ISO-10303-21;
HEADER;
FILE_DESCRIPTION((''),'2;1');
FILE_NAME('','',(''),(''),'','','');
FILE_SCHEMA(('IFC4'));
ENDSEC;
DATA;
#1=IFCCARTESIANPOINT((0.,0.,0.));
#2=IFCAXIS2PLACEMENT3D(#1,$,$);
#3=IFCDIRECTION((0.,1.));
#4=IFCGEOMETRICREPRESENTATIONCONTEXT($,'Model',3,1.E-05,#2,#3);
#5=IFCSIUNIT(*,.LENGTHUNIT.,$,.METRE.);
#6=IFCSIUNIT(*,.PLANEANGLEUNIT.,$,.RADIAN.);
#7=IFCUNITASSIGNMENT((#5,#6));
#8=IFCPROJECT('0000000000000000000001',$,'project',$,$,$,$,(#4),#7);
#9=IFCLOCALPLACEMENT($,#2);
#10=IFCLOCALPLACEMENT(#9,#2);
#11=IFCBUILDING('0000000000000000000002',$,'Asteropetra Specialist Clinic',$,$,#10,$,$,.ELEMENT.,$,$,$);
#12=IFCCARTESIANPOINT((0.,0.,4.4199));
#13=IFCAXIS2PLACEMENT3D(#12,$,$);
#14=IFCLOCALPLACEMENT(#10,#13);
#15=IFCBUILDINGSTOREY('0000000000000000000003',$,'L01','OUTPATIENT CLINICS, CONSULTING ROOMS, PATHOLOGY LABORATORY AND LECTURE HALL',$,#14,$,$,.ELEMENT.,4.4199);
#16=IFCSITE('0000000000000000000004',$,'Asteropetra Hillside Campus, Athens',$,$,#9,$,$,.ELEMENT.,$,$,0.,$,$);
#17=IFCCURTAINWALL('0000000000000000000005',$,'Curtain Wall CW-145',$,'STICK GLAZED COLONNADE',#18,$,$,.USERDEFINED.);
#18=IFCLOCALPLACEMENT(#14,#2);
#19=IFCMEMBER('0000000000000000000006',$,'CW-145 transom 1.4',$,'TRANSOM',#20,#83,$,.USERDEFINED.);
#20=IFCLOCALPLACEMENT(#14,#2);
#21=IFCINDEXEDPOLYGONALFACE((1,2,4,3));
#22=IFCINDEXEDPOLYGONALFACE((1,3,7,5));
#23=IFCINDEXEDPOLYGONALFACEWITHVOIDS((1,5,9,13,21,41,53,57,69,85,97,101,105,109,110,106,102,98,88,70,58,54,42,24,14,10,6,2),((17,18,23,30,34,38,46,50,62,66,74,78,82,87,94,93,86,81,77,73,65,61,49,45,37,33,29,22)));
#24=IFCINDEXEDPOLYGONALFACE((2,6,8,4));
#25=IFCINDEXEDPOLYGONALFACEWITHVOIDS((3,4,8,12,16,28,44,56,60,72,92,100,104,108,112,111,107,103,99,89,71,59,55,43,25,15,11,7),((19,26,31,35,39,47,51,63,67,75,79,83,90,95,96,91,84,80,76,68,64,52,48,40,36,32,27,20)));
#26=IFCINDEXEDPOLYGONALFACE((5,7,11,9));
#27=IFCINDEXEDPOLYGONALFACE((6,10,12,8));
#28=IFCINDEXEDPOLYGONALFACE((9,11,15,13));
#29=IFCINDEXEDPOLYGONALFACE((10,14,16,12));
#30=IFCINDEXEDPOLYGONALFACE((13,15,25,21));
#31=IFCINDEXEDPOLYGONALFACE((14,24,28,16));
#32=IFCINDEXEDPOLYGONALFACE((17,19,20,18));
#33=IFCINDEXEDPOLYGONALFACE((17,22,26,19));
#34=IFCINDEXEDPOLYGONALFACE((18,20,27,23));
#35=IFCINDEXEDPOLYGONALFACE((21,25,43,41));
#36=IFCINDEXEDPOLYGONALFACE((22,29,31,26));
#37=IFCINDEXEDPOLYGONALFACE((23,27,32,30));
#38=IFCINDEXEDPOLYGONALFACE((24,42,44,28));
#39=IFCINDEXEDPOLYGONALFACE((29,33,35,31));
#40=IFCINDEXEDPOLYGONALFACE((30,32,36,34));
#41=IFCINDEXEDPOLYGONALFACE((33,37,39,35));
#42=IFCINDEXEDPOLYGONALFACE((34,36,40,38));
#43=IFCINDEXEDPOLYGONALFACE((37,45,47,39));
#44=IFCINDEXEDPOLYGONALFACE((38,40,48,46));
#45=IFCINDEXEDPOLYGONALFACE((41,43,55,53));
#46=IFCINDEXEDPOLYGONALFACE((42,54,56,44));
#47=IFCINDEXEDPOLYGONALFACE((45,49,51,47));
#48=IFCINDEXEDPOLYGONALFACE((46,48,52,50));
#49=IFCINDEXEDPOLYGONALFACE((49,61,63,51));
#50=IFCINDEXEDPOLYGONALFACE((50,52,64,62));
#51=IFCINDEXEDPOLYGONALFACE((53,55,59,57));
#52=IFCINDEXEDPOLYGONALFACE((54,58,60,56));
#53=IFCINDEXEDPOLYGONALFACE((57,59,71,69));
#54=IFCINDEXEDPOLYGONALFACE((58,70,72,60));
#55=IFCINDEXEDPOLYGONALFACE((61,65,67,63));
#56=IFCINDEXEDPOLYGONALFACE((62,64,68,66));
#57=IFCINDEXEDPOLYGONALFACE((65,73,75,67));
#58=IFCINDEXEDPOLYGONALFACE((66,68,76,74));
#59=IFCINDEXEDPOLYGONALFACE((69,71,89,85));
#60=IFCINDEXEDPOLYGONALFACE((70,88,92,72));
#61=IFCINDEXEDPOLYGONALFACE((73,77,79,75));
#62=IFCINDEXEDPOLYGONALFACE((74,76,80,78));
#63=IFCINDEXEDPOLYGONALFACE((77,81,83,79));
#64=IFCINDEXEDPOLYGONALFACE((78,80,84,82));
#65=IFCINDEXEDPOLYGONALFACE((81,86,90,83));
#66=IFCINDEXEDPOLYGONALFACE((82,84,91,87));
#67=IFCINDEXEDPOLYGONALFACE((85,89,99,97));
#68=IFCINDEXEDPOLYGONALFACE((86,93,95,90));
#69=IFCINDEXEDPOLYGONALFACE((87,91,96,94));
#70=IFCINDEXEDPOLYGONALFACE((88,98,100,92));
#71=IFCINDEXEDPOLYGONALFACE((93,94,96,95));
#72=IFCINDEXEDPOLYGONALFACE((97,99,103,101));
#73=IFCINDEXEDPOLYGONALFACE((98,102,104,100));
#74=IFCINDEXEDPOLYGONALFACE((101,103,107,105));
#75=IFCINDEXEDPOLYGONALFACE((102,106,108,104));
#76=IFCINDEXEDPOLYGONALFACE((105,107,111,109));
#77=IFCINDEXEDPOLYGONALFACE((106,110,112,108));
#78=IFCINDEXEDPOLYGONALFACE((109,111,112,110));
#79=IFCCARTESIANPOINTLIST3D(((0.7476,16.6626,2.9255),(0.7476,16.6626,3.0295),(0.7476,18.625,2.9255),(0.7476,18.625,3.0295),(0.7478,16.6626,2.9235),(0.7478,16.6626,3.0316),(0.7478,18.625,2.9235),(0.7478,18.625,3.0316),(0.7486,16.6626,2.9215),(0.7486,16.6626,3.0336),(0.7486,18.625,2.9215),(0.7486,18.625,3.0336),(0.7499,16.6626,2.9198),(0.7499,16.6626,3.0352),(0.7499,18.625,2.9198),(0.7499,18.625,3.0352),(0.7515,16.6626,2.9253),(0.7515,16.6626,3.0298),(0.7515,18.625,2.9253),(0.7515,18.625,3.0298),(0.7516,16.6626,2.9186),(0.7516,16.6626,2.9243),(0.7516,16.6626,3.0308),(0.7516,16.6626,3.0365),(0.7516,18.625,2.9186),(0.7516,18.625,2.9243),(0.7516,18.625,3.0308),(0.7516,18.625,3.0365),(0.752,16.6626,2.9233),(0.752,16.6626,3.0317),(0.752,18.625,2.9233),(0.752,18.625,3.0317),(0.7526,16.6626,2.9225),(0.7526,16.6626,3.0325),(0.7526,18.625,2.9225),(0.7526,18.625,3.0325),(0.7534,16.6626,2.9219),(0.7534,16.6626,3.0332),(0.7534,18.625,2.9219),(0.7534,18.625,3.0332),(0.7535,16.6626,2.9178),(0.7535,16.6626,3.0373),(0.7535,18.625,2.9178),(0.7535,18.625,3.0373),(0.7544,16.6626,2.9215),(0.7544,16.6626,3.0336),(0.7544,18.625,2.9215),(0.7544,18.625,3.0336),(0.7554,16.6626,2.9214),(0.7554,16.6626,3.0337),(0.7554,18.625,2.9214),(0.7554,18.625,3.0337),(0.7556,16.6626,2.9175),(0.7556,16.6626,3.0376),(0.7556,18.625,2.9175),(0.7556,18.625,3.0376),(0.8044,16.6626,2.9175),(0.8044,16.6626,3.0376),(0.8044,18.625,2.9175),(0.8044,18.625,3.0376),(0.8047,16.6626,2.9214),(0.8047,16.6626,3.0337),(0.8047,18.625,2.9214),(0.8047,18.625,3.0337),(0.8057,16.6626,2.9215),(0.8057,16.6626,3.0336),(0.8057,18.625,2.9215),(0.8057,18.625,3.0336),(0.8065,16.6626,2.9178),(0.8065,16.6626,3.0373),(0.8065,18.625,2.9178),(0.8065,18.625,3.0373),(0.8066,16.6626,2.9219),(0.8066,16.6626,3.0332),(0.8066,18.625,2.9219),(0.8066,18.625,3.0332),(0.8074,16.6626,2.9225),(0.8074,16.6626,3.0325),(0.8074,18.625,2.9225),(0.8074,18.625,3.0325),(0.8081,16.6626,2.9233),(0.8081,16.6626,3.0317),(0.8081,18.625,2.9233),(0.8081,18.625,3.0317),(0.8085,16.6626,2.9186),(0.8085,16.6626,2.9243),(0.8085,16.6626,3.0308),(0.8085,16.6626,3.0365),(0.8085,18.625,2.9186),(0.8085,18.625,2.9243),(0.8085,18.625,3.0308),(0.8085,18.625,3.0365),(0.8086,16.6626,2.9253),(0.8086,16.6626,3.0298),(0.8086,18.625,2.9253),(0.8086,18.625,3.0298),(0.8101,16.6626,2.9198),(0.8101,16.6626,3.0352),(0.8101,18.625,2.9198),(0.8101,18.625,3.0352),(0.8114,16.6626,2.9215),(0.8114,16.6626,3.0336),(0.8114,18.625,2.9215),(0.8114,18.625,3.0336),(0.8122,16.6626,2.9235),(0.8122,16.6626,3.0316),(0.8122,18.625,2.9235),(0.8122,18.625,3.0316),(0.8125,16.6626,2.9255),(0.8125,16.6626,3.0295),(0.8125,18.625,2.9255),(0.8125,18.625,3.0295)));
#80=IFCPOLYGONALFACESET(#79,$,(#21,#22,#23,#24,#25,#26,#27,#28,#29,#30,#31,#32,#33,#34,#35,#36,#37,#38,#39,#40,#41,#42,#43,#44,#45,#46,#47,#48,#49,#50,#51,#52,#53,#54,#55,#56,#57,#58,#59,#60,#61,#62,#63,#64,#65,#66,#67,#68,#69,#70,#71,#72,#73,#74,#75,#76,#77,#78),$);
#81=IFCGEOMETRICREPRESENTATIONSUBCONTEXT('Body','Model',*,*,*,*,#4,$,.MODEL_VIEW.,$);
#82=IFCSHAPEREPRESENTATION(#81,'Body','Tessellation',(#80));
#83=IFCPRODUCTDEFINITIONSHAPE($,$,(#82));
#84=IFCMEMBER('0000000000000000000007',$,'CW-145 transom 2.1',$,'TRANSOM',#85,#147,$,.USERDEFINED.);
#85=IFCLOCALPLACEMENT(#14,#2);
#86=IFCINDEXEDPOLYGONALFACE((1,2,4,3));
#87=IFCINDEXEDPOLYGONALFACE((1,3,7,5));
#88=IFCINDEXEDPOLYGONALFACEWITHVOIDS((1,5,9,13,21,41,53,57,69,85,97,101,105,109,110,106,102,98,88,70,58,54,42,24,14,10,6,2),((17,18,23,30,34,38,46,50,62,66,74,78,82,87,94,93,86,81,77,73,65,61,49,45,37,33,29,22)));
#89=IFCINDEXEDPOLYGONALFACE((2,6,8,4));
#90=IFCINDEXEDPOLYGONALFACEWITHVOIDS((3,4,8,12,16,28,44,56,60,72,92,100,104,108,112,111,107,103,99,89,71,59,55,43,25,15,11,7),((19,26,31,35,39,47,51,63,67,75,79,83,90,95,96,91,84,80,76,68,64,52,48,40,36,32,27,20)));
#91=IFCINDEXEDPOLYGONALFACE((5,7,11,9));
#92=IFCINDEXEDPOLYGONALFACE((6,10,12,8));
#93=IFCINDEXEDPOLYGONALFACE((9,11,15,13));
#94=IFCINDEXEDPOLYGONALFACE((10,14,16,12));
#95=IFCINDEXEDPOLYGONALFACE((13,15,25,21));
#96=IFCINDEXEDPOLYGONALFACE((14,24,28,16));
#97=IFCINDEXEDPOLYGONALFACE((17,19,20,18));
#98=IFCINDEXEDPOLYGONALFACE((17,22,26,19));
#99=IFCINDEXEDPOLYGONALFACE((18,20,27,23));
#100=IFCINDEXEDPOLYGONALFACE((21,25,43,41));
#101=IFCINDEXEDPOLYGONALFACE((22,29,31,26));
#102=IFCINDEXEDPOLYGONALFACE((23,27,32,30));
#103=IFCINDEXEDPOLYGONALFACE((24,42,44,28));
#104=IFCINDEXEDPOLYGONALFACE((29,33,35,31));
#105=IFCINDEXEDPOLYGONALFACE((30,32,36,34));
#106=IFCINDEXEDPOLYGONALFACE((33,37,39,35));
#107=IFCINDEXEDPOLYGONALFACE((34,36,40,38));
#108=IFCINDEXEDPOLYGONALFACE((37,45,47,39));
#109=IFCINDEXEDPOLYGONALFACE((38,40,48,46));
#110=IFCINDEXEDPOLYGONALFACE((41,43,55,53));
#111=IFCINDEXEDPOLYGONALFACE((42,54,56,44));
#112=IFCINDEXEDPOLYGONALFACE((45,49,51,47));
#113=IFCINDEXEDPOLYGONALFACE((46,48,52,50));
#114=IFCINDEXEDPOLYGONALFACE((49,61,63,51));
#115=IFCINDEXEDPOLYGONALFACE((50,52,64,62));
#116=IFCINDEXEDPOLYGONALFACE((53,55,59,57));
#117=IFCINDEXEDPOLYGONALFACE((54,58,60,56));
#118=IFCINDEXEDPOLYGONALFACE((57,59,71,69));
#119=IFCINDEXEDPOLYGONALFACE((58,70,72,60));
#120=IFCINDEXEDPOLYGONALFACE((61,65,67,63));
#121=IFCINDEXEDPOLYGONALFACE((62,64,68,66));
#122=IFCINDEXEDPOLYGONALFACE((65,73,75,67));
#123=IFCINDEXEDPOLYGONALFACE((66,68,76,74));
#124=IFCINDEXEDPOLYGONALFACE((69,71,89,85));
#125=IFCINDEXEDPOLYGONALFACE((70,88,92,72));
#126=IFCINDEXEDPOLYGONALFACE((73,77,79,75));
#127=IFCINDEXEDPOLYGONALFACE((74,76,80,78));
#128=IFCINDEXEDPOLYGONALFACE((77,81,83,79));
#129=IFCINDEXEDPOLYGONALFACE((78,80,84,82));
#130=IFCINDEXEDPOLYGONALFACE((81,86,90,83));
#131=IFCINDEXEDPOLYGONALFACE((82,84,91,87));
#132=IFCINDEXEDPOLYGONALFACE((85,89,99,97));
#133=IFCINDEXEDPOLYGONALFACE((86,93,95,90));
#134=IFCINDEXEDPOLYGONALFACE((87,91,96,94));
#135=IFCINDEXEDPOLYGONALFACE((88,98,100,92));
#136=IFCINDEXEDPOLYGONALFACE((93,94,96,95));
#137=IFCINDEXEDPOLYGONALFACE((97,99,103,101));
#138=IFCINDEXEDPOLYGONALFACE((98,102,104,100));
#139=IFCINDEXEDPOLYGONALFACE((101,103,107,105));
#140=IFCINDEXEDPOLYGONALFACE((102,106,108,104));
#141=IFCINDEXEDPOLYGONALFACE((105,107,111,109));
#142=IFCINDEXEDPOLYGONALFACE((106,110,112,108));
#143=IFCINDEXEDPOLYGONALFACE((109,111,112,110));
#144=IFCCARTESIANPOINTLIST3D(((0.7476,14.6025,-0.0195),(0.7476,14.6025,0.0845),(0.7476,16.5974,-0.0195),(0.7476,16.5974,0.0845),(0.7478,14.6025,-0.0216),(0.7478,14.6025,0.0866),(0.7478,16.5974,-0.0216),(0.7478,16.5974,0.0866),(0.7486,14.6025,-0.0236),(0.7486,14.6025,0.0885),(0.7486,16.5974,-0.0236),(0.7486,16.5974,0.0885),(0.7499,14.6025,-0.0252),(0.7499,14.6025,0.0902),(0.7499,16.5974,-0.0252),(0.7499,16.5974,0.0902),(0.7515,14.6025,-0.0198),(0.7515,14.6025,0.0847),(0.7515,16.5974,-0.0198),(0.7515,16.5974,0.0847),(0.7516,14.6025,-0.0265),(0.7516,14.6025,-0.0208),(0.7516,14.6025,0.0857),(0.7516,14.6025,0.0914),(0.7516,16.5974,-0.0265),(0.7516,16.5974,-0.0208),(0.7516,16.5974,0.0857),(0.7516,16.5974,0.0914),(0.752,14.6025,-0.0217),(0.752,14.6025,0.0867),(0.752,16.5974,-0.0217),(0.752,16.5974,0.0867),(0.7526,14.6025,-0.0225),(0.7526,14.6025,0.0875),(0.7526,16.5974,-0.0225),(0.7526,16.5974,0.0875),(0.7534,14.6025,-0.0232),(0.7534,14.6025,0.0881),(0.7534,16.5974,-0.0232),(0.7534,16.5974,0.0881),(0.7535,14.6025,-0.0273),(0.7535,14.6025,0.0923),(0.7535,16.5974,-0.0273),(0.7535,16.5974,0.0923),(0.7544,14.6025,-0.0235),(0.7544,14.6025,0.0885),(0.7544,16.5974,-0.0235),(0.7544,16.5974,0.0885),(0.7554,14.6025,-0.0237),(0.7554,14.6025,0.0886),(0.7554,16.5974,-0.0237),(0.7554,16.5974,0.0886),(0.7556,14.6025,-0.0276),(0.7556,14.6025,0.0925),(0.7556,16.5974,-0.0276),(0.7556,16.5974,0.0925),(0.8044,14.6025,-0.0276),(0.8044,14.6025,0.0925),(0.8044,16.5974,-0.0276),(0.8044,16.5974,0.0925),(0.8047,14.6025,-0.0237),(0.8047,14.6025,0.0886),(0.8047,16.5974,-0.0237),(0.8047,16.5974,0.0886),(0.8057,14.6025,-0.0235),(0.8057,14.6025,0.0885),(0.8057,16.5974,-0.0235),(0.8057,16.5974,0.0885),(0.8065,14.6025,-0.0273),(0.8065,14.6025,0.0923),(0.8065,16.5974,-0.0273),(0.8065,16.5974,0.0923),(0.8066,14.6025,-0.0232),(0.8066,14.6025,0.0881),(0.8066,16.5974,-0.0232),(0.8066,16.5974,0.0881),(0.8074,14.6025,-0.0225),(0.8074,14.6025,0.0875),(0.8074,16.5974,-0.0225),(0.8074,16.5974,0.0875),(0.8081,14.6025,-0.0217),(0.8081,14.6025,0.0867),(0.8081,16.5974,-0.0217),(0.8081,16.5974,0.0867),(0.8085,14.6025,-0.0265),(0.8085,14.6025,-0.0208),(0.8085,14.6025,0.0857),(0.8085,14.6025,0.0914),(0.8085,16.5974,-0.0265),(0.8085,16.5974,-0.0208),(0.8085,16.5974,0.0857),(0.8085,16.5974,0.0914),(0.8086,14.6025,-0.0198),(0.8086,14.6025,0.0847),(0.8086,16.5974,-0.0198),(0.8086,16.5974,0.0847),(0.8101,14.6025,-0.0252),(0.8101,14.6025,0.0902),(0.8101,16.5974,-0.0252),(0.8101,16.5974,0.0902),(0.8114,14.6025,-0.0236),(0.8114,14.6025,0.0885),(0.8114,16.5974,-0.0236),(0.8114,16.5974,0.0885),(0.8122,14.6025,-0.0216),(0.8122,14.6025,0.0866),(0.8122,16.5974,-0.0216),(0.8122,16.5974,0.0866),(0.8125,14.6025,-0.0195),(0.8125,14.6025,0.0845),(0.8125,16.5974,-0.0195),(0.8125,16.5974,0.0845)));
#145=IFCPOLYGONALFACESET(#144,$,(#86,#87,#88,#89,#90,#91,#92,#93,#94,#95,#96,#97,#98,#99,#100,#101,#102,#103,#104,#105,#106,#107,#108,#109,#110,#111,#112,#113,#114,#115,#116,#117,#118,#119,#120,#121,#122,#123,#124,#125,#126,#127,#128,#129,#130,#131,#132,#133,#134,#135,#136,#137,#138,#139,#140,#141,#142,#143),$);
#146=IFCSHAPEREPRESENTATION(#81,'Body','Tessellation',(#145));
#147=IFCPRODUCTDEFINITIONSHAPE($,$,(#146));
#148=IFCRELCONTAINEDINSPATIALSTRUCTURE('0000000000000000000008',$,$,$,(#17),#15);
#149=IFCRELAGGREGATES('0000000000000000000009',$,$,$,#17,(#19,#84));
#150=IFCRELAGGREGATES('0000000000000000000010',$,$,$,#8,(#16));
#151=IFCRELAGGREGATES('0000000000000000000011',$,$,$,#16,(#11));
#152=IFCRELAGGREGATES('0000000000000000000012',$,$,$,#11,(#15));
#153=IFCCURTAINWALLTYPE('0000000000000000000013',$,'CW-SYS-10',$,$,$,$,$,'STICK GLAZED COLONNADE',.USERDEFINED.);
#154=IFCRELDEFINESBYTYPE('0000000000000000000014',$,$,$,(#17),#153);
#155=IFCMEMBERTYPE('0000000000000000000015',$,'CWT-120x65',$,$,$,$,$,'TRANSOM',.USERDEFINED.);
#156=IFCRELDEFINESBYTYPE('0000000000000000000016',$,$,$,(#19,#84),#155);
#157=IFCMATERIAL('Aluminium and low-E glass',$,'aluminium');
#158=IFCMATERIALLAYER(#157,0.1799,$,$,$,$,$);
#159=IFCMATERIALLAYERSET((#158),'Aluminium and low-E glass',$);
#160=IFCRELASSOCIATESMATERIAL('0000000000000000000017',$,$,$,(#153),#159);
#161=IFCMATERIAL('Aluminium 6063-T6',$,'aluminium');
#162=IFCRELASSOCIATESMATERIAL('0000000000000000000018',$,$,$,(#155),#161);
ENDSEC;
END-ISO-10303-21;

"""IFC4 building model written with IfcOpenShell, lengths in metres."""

from ifc_helpers import new_model, si_unit, direction, frame, origin, origin_2d, place, context, subcontext, project, spatial, hollow_rectangle, extrude, material, layer, layer_set, material_profile, profile_set, type_object, element, aggregate, save


model = new_model("IFC4")

# Units and contexts
model_context = context("Model", 3, precision=1e-05, world=origin(), true_north=direction((0.0, 1.0)))
body_context = subcontext(model_context, "Body", "Model", "MODEL_VIEW")
ifc_project = project(units=[si_unit("LENGTHUNIT", "METRE"), si_unit("PLANEANGLEUNIT", "RADIAN")], contexts=[model_context])

# Site, building, storey
site_placement = place(None, origin())
site = spatial("IfcSite", under=ifc_project, at=site_placement, Name="Asteropetra Hillside Campus, Athens", CompositionType="ELEMENT", RefElevation=0.0)
building_placement = place(site_placement, origin())
building = spatial("IfcBuilding", under=site, at=building_placement, Name="Asteropetra Specialist Clinic", CompositionType="ELEMENT")
storey_placement = place(building_placement, frame((0.0, 0.0, 4.4199)))
storey = spatial("IfcBuildingStorey", under=building, at=storey_placement, Name="L01", Description="OUTPATIENT CLINICS, CONSULTING ROOMS, PATHOLOGY LABORATORY AND LECTURE HALL", CompositionType="ELEMENT", Elevation=4.4199)

# Curtain wall, members
ifc_material_1 = material(Name="Aluminium and low-E glass", Category="aluminium")
ifc_layer_1 = layer(ifc_material_1, 0.1799)
ifc_layer_set_1 = layer_set([ifc_layer_1], Name="Aluminium and low-E glass")
curtain_wall_type = type_object("IfcCurtainWallType", Name="CW-SYS-10", ElementType="STICK GLAZED COLONNADE", PredefinedType="USERDEFINED", material=ifc_layer_set_1)
curtain_wall_placement = place(storey_placement, origin())
curtain_wall = element("IfcCurtainWall", 1, at=curtain_wall_placement, inside=storey, type_object=curtain_wall_type, Name="Curtain Wall CW-145", ObjectType="STICK GLAZED COLONNADE", PredefinedType="USERDEFINED")
ifc_material_2 = material(Name="Aluminium 6063-T6", Category="aluminium")
ifc_material_profile_1 = material_profile(ifc_material_2, hollow_rectangle(XDim=0.0649, YDim=0.1201, WallThickness=0.0039, InnerFilletRadius=0.0039, OuterFilletRadius=0.0081, at=origin_2d()), Name="TRN 120x65x4.0")
ifc_profile_set_1 = profile_set([ifc_material_profile_1], Name="Aluminium 6063-T6")
member_type_1 = type_object("IfcMemberType", Name="CWT-120x65", ElementType="TRANSOM", PredefinedType="USERDEFINED", material=ifc_profile_set_1)
member_1_placement = place(storey_placement, frame((0.78, 18.625, 2.9775), z_axis=(0.0, -1.0, 0.0), x_axis=(1.0, 0.0, 0.0)))
member_1 = element("IfcMember", 2, at=member_1_placement, type_object=member_type_1, Name="CW-145 transom 1.4", ObjectType="TRANSOM", PredefinedType="USERDEFINED", context=body_context, shape_type="SweptSolid", body=[
    extrude(hollow_rectangle(XDim=0.0649, YDim=0.1201, WallThickness=0.0039, InnerFilletRadius=0.0039, OuterFilletRadius=0.0081, at=origin_2d()), origin(), (0.0, 0.0, 1.0), 1.9624),
])
member_2_placement = place(storey_placement, frame((0.78, 16.5974, 0.0325), z_axis=(0.0, -1.0, 0.0), x_axis=(1.0, 0.0, 0.0)))
member_2 = element("IfcMember", 3, at=member_2_placement, type_object=member_type_1, Name="CW-145 transom 2.1", ObjectType="TRANSOM", PredefinedType="USERDEFINED", context=body_context, shape_type="SweptSolid", body=[
    extrude(hollow_rectangle(XDim=0.0649, YDim=0.1201, WallThickness=0.0039, InnerFilletRadius=0.0039, OuterFilletRadius=0.0081, at=origin_2d()), origin(), (0.0, 0.0, 1.0), 1.9949),
])
aggregate(curtain_wall, [member_1, member_2])

save(model, "model.ifc")
